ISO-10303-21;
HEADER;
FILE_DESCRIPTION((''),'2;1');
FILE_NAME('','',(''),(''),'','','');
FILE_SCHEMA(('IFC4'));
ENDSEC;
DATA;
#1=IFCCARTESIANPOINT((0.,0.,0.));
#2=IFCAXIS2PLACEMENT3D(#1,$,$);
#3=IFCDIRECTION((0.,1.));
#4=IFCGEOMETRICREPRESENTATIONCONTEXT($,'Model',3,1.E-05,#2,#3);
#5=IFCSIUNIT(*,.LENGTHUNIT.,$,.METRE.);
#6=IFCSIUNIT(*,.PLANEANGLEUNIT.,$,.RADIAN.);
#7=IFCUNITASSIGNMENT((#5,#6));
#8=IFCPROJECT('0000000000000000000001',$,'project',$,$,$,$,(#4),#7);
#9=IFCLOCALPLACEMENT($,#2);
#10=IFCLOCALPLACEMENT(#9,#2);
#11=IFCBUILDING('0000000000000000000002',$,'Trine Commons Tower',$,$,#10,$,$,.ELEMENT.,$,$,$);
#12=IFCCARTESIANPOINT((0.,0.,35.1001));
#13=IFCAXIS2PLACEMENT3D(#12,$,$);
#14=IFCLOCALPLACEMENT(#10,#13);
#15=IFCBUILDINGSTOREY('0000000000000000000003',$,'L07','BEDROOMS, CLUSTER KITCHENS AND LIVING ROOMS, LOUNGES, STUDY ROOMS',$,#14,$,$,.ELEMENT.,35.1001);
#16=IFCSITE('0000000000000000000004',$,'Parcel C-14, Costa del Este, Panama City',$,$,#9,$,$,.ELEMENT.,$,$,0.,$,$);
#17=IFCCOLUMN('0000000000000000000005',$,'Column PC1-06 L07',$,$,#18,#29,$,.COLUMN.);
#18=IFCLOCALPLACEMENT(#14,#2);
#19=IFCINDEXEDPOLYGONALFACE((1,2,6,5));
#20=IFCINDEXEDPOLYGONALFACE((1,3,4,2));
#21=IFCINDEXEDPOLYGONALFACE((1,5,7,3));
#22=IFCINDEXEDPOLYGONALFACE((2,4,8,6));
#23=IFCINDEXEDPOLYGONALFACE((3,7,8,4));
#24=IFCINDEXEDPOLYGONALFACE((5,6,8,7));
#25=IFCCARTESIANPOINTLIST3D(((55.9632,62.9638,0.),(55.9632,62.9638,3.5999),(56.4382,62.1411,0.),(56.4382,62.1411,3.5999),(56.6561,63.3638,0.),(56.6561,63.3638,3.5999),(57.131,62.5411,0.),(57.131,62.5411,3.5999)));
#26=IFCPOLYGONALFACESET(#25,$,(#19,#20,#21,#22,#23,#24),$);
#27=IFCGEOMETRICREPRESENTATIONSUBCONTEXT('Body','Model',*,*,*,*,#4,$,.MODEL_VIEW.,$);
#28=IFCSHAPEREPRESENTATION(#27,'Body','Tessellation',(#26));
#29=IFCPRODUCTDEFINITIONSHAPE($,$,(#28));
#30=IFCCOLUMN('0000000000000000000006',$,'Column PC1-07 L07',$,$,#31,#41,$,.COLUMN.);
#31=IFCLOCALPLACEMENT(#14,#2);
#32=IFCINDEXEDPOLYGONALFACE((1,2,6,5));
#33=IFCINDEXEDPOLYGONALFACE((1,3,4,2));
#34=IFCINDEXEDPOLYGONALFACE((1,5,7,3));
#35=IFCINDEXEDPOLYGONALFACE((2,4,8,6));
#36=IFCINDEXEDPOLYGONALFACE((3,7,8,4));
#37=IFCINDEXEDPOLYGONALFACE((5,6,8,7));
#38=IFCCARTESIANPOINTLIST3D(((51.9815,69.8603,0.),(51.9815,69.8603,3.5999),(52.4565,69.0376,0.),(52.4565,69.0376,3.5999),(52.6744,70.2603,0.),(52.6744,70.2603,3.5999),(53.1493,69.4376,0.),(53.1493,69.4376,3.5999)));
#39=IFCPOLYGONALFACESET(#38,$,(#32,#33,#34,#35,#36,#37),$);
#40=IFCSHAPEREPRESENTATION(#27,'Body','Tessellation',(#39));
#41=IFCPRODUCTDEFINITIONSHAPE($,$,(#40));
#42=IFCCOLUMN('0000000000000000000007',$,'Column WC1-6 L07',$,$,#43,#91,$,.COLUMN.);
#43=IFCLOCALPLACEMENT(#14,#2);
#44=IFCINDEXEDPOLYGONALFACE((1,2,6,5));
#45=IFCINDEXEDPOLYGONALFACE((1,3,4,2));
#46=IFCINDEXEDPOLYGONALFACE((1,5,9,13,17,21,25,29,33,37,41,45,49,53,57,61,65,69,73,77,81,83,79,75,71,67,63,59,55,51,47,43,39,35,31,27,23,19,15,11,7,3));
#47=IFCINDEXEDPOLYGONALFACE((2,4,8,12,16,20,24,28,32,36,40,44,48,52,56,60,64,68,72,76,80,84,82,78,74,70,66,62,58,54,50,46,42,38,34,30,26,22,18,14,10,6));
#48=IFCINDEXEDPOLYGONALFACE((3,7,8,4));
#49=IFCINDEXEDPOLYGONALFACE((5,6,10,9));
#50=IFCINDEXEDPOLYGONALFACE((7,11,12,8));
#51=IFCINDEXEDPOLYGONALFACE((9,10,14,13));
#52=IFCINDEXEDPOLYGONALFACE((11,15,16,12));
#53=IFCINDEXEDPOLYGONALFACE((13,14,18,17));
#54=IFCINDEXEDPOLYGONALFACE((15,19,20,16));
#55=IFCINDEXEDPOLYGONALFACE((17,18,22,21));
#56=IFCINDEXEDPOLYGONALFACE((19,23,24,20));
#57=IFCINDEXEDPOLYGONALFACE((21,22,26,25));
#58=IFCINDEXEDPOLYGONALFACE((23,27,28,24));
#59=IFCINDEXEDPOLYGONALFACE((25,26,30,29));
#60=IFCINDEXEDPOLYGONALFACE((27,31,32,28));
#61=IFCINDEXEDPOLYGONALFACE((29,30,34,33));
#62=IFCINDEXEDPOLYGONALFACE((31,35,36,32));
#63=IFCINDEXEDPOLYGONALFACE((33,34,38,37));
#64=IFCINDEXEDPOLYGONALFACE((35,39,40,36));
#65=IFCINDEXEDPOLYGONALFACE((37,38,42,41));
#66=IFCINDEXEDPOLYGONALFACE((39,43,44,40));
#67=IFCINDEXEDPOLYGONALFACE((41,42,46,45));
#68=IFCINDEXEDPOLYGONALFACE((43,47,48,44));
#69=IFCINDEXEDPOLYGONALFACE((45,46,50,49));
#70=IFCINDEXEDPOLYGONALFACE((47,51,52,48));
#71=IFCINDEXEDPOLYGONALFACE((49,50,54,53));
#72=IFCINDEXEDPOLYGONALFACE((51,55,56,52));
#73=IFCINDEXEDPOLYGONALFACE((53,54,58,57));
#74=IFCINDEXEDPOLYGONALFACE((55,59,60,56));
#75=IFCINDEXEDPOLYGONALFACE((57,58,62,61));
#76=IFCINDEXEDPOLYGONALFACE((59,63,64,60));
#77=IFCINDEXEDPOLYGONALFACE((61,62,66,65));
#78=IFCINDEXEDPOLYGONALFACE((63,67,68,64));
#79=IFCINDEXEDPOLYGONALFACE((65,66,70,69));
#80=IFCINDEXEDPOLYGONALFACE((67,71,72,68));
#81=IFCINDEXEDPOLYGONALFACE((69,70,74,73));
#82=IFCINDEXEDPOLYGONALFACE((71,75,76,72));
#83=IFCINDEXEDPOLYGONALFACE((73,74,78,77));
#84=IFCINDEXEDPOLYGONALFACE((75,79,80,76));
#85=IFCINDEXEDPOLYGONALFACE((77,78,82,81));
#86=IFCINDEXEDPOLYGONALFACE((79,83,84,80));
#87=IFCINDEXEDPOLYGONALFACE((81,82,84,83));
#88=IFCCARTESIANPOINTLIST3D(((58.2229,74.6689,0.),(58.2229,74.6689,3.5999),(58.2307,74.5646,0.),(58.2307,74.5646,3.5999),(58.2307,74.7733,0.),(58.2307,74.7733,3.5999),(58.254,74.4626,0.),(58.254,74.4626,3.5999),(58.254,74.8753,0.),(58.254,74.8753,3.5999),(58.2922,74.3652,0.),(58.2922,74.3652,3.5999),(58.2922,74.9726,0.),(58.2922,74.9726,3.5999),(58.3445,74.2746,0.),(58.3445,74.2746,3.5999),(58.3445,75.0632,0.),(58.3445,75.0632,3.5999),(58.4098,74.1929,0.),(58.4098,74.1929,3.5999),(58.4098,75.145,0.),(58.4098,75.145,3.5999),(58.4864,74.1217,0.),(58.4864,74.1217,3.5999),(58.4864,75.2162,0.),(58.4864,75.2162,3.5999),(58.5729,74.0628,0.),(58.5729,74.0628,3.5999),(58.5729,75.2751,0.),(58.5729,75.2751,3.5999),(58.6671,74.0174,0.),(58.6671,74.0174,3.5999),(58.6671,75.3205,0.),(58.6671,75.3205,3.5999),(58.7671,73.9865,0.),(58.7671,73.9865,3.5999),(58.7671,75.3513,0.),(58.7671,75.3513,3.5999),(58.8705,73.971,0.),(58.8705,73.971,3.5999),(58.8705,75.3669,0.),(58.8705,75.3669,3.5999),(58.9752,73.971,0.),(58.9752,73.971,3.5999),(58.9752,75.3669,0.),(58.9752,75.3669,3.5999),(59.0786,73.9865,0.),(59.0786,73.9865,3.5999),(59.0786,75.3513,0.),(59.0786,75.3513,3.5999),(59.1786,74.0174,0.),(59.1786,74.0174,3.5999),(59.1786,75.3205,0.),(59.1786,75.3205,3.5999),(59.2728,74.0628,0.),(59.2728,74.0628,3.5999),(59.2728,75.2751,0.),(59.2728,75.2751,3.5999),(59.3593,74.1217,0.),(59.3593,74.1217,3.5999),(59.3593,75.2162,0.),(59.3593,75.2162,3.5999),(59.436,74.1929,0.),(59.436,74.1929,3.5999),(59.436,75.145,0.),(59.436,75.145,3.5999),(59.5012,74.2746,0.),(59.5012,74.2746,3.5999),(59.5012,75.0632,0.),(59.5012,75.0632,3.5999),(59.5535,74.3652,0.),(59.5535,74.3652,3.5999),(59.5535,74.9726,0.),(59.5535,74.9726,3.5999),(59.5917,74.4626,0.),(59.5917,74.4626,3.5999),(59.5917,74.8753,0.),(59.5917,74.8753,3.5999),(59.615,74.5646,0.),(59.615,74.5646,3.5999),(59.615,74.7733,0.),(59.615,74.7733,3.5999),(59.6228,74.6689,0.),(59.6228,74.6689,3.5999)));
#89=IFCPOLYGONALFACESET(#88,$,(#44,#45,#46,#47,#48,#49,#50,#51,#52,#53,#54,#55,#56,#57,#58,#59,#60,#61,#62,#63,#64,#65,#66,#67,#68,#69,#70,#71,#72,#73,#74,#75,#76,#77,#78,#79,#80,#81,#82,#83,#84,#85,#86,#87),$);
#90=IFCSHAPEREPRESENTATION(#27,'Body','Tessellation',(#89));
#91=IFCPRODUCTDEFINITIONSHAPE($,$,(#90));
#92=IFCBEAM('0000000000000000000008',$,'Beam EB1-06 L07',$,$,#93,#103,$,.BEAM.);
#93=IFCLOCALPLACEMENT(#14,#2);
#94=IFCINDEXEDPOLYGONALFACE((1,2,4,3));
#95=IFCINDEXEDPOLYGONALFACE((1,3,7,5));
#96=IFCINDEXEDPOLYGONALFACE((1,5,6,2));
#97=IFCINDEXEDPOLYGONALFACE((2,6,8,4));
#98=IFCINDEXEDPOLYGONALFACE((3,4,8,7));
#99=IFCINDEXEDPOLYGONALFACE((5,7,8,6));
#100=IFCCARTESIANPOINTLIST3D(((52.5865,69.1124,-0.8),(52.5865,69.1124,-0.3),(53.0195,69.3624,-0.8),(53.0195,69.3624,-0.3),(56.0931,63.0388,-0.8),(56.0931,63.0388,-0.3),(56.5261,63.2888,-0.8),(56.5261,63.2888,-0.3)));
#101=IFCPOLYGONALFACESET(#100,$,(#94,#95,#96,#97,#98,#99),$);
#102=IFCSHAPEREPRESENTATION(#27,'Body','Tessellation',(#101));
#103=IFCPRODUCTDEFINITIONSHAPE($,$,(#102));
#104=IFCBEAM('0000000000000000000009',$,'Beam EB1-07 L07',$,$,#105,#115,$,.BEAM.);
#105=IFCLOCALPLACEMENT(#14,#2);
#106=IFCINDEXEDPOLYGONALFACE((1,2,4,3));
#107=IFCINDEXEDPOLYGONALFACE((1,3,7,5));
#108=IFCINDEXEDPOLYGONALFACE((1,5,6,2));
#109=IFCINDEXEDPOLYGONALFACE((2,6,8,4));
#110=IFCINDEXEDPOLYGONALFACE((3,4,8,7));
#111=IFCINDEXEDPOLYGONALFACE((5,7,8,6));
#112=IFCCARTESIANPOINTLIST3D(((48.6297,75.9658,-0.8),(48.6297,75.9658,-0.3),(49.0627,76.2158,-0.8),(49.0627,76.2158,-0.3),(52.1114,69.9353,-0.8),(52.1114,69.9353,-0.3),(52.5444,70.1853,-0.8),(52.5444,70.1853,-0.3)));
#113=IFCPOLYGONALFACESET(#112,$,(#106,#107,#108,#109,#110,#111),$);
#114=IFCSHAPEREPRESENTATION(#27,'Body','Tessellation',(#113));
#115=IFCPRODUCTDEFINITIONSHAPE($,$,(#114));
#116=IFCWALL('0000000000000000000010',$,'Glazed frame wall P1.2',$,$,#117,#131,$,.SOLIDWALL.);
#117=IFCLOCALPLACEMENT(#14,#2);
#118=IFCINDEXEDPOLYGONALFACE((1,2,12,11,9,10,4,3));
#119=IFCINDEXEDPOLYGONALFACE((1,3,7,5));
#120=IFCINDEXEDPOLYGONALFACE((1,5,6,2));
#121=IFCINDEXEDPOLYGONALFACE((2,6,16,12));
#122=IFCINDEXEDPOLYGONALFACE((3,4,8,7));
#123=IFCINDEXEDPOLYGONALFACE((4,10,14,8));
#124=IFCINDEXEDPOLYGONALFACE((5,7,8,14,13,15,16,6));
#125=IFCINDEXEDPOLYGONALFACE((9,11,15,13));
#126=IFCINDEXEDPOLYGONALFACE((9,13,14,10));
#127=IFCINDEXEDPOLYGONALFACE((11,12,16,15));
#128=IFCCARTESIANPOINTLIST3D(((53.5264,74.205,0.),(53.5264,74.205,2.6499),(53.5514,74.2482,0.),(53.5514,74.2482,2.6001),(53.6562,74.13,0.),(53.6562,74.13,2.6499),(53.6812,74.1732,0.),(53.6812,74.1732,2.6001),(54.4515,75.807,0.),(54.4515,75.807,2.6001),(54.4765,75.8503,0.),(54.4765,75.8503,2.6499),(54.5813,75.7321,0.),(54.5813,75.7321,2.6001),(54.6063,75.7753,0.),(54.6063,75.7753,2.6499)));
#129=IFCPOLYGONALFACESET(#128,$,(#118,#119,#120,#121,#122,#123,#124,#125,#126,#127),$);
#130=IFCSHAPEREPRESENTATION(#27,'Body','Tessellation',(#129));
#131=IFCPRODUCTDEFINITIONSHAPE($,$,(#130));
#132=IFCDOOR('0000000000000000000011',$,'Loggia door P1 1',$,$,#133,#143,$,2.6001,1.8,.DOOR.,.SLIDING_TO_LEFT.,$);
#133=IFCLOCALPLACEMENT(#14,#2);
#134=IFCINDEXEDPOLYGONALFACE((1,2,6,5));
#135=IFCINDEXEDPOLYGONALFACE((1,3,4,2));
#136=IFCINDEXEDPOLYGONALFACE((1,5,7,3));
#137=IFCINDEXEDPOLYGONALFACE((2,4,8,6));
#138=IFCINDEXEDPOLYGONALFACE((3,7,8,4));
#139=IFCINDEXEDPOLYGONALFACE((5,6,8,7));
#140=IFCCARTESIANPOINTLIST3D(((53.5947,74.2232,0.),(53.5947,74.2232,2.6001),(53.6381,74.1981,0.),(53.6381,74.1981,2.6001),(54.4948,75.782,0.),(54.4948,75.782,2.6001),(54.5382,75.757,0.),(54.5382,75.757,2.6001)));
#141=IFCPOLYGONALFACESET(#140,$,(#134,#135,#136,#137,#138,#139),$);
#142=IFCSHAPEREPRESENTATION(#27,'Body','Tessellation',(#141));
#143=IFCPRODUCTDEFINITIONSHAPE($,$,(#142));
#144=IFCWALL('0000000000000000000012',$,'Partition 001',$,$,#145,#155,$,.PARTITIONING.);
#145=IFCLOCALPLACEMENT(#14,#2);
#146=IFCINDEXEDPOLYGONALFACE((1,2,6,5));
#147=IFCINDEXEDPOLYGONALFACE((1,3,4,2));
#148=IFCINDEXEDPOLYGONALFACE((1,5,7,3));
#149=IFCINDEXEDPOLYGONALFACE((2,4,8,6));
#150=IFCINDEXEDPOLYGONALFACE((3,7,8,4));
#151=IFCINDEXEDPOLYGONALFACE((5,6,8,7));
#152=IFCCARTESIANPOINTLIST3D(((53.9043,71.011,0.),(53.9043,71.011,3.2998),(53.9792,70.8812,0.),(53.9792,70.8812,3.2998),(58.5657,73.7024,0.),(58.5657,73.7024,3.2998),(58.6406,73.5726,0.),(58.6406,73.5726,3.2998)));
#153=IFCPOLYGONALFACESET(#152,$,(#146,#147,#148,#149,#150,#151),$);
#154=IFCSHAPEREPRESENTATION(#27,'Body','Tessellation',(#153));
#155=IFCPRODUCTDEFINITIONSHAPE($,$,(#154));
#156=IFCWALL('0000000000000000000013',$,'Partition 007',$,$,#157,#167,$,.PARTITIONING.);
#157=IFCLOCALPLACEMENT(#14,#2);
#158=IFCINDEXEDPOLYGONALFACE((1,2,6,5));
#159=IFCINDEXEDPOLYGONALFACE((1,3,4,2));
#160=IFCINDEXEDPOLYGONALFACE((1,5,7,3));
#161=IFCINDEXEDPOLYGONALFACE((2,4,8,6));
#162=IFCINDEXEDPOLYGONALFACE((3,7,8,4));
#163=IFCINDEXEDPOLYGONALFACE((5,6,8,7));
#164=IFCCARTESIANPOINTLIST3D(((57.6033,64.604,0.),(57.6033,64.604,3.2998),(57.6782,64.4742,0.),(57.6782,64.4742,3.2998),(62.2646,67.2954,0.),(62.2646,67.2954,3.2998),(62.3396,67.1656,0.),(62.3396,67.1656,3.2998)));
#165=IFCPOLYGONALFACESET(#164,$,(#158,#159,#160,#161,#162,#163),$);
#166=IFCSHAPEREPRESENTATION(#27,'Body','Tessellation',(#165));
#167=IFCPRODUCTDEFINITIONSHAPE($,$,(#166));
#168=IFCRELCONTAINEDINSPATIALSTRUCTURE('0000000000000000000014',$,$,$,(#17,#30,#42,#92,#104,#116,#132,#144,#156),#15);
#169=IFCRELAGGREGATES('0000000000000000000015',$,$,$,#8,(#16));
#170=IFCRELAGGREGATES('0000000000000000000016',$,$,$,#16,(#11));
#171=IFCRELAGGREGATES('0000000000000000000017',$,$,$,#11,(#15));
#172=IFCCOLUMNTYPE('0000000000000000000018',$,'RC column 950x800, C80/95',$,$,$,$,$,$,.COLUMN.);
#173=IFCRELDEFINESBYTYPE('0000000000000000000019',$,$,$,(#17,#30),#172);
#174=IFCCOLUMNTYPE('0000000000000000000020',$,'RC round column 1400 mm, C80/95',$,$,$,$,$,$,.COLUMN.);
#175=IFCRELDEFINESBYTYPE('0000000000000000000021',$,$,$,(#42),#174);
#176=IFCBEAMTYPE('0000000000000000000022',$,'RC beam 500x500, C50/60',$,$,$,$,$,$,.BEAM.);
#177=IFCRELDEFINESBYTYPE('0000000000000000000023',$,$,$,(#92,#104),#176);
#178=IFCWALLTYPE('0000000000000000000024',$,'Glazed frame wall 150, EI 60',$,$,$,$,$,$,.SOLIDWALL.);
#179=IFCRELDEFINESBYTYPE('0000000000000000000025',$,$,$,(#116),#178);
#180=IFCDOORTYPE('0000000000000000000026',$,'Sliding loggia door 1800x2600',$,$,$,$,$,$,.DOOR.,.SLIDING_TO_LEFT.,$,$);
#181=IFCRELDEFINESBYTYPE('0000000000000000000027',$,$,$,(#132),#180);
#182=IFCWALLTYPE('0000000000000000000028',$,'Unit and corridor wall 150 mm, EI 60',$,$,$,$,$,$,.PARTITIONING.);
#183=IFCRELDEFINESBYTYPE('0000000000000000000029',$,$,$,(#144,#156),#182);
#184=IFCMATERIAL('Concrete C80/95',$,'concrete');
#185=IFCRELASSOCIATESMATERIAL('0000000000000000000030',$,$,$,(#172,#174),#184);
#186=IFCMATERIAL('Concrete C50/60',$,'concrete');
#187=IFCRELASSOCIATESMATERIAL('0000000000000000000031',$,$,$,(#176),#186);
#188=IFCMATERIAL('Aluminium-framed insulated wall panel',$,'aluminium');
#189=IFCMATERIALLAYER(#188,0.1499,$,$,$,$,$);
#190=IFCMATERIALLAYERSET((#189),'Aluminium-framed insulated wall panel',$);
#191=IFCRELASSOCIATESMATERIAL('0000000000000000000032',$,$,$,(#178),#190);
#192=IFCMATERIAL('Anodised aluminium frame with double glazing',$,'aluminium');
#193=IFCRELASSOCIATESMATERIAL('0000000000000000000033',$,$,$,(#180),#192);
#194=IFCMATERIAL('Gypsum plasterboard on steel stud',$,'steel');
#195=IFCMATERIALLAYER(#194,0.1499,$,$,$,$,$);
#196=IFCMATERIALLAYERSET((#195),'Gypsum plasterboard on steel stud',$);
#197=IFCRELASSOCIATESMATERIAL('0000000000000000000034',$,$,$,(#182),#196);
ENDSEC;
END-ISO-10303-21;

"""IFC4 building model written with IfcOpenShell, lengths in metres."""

from ifc_helpers import new_model, si_unit, direction, frame, frame_2d, origin, origin_2d, place, context, subcontext, project, spatial, polyline, rectangle, circle, outline, extrude, material, layer, layer_set, material_profile, profile_set, type_object, element, fill, save


model = new_model("IFC4")

# Units and contexts
model_context = context("Model", 3, precision=1e-05, world=origin(), true_north=direction((0.0, 1.0)))
body_context = subcontext(model_context, "Body", "Model", "MODEL_VIEW")
ifc_project = project(units=[si_unit("LENGTHUNIT", "METRE"), si_unit("PLANEANGLEUNIT", "RADIAN")], contexts=[model_context])

# Site, building, storey
site_placement = place(None, origin())
site = spatial("IfcSite", under=ifc_project, at=site_placement, Name="Parcel C-14, Costa del Este, Panama City", CompositionType="ELEMENT", RefElevation=0.0)
building_placement = place(site_placement, origin())
building = spatial("IfcBuilding", under=site, at=building_placement, Name="Trine Commons Tower", CompositionType="ELEMENT")
storey_placement = place(building_placement, frame((0.0, 0.0, 35.1001)))
storey = spatial("IfcBuildingStorey", under=building, at=storey_placement, Name="L07", Description="BEDROOMS, CLUSTER KITCHENS AND LIVING ROOMS, LOUNGES, STUDY ROOMS", CompositionType="ELEMENT", Elevation=35.1001)

# Columns
ifc_material_1 = material(Name="Concrete C80/95", Category="concrete")
ifc_material_profile_1 = material_profile(ifc_material_1, rectangle(XDim=0.95, YDim=0.8, at=origin_2d()), Name="RC 950x800")
ifc_profile_set_1 = profile_set([ifc_material_profile_1], Name="Concrete C80/95")
column_type_1 = type_object("IfcColumnType", Name="RC column 950x800, C80/95", PredefinedType="COLUMN", material=ifc_profile_set_1)
for number, where, z_axis, x_axis, name in (
    (1, (56.5471, 62.7524, 0.0), (0.0, 0.0, 1.0), (-0.5, 0.866025, 0.0), "Column PC1-06 L07"),
    (2, (52.5654, 69.6489, 0.0), (0.0, 0.0, 1.0), (-0.5, 0.866025, 0.0), "Column PC1-07 L07"),
):
    element("IfcColumn", number, at=place(storey_placement, frame(where, z_axis=z_axis, x_axis=x_axis)), inside=storey, type_object=column_type_1, Name=name, PredefinedType="COLUMN", context=body_context, shape_type="SweptSolid", body=[
        extrude(rectangle(XDim=0.95, YDim=0.8, at=origin_2d()), origin(), (0.0, 0.0, 1.0), 3.5999),
    ])
ifc_material_profile_2 = material_profile(ifc_material_1, circle(Radius=0.7, at=origin_2d()), Name="RC round 1400")
ifc_profile_set_2 = profile_set([ifc_material_profile_2], Name="Concrete C80/95")
column_type_2 = type_object("IfcColumnType", Name="RC round column 1400 mm, C80/95", PredefinedType="COLUMN", material=ifc_profile_set_2)
column_placement = place(storey_placement, frame((58.9229, 74.6689, 0.0), z_axis=(0.0, 0.0, 1.0), x_axis=(1.0, 0.0, 0.0)))
element("IfcColumn", 3, at=column_placement, inside=storey, type_object=column_type_2, Name="Column WC1-6 L07", PredefinedType="COLUMN", context=body_context, shape_type="SweptSolid", body=[
    extrude(circle(Radius=0.7, at=origin_2d()), origin(), (0.0, 0.0, 1.0), 3.5999),
])

# Beams
ifc_material_2 = material(Name="Concrete C50/60", Category="concrete")
ifc_material_profile_3 = material_profile(ifc_material_2, rectangle(XDim=0.5, YDim=0.5, at=origin_2d()), Name="RC 500x500")
ifc_profile_set_3 = profile_set([ifc_material_profile_3], Name="Concrete C50/60")
beam_type = type_object("IfcBeamType", Name="RC beam 500x500, C50/60", PredefinedType="BEAM", material=ifc_profile_set_3)
beam_1_placement = place(storey_placement, frame((56.3096, 63.1638, -0.55), z_axis=(-0.499992, 0.86603, 0.0), x_axis=(-0.86603, -0.499992, 0.0)))
element("IfcBeam", 4, at=beam_1_placement, inside=storey, type_object=beam_type, Name="Beam EB1-06 L07", PredefinedType="BEAM", context=body_context, shape_type="SweptSolid", body=[
    extrude(rectangle(XDim=0.5, YDim=0.5, at=origin_2d()), origin(), (0.0, 0.0, 1.0), 7.0132),
])
beam_2_placement = place(storey_placement, frame((52.3279, 70.0603, -0.55), z_axis=(-0.499997, 0.866027, 0.0), x_axis=(-0.866027, -0.499997, 0.0)))
element("IfcBeam", 5, at=beam_2_placement, inside=storey, type_object=beam_type, Name="Beam EB1-07 L07", PredefinedType="BEAM", context=body_context, shape_type="SweptSolid", body=[
    extrude(rectangle(XDim=0.5, YDim=0.5, at=origin_2d()), origin(), (0.0, 0.0, 1.0), 6.9634),
])

# Shared definitions
ifc_material_3 = material(Name="Aluminium-framed insulated wall panel", Category="aluminium")
ifc_layer_1 = layer(ifc_material_3, 0.1499)
ifc_layer_set_1 = layer_set([ifc_layer_1], Name="Aluminium-framed insulated wall panel")
wall_type_1 = type_object("IfcWallType", Name="Glazed frame wall 150, EI 60", PredefinedType="SOLIDWALL", material=ifc_layer_set_1)

# Wall, opening, door
wall_1_placement = place(storey_placement, frame((53.5913, 74.1675, 0.0), z_axis=(0.0, 0.0, 1.0), x_axis=(0.500064, 0.865989, 0.0)))
wall_1 = element("IfcWall", 6, at=wall_1_placement, inside=storey, type_object=wall_type_1, Name="Glazed frame wall P1.2", PredefinedType="SOLIDWALL", context=body_context, shape_type="SweptSolid", body=[
    extrude(outline(polyline([(0.0, -0.075), (1.8999, -0.075), (1.8999, 0.075), (0.0, 0.075), (0.0, -0.075)])), origin(), (0.0, 0.0, 1.0), 2.6499),
])
opening_1_placement = place(wall_1_placement, frame((0.05, 0.0, 0.0)))
opening_1 = element("IfcOpeningElement", 7, at=opening_1_placement, cuts=wall_1, PredefinedType="OPENING", context=body_context, shape_type="SweptSolid", body=[
    extrude(rectangle(XDim=1.8, YDim=2.6001, at=frame_2d((0.8999, 1.3))), frame((0.0, 0.085, 0.0), z_axis=(0.0, -1.0, 0.0), x_axis=(1.0, 0.0, 0.0)), (0.0, 0.0, 1.0), 0.1699),
])
ifc_material_4 = material(Name="Anodised aluminium frame with double glazing", Category="aluminium")
door_type_1 = type_object("IfcDoorType", Name="Sliding loggia door 1800x2600", OperationType="SLIDING_TO_LEFT", PredefinedType="DOOR", material=ifc_material_4)
door_1_placement = place(opening_1_placement, origin())
door_1 = element("IfcDoor", 8, at=door_1_placement, inside=storey, type_object=door_type_1, Name="Loggia door P1 1", OperationType="SLIDING_TO_LEFT", OverallHeight=2.6001, OverallWidth=1.8, PredefinedType="DOOR", context=body_context, shape_type="SweptSolid", body=[
    extrude(rectangle(XDim=1.8, YDim=2.6001, at=frame_2d((0.8999, 1.3))), frame((0.0, 0.0249, 0.0), z_axis=(0.0, -1.0, 0.0), x_axis=(1.0, 0.0, 0.0)), (0.0, 0.0, 1.0), 0.05),
])
fill(opening_1, door_1)

# Walls
ifc_material_5 = material(Name="Gypsum plasterboard on steel stud", Category="steel")
ifc_layer_2 = layer(ifc_material_5, 0.1499)
ifc_layer_set_2 = layer_set([ifc_layer_2], Name="Gypsum plasterboard on steel stud")
wall_type_2 = type_object("IfcWallType", Name="Unit and corridor wall 150 mm, EI 60", PredefinedType="PARTITIONING", material=ifc_layer_set_2)
for number, where, z_axis, x_axis, name in (
    (9, (53.9417, 70.946, 0.0), (0.0, 0.0, 1.0), (0.866013, 0.500022, 0.0), "Partition 001"),
    (10, (57.6406, 64.5391, 0.0), (0.0, 0.0, 1.0), (0.866013, 0.500022, 0.0), "Partition 007"),
):
    element("IfcWall", number, at=place(storey_placement, frame(where, z_axis=z_axis, x_axis=x_axis)), inside=storey, type_object=wall_type_2, Name=name, PredefinedType="PARTITIONING", context=body_context, shape_type="SweptSolid", body=[
        extrude(rectangle(XDim=5.3826, YDim=0.1499, at=frame_2d((2.6914, 0.0))), origin(), (0.0, 0.0, 1.0), 3.2998),
    ])

save(model, "model.ifc")
